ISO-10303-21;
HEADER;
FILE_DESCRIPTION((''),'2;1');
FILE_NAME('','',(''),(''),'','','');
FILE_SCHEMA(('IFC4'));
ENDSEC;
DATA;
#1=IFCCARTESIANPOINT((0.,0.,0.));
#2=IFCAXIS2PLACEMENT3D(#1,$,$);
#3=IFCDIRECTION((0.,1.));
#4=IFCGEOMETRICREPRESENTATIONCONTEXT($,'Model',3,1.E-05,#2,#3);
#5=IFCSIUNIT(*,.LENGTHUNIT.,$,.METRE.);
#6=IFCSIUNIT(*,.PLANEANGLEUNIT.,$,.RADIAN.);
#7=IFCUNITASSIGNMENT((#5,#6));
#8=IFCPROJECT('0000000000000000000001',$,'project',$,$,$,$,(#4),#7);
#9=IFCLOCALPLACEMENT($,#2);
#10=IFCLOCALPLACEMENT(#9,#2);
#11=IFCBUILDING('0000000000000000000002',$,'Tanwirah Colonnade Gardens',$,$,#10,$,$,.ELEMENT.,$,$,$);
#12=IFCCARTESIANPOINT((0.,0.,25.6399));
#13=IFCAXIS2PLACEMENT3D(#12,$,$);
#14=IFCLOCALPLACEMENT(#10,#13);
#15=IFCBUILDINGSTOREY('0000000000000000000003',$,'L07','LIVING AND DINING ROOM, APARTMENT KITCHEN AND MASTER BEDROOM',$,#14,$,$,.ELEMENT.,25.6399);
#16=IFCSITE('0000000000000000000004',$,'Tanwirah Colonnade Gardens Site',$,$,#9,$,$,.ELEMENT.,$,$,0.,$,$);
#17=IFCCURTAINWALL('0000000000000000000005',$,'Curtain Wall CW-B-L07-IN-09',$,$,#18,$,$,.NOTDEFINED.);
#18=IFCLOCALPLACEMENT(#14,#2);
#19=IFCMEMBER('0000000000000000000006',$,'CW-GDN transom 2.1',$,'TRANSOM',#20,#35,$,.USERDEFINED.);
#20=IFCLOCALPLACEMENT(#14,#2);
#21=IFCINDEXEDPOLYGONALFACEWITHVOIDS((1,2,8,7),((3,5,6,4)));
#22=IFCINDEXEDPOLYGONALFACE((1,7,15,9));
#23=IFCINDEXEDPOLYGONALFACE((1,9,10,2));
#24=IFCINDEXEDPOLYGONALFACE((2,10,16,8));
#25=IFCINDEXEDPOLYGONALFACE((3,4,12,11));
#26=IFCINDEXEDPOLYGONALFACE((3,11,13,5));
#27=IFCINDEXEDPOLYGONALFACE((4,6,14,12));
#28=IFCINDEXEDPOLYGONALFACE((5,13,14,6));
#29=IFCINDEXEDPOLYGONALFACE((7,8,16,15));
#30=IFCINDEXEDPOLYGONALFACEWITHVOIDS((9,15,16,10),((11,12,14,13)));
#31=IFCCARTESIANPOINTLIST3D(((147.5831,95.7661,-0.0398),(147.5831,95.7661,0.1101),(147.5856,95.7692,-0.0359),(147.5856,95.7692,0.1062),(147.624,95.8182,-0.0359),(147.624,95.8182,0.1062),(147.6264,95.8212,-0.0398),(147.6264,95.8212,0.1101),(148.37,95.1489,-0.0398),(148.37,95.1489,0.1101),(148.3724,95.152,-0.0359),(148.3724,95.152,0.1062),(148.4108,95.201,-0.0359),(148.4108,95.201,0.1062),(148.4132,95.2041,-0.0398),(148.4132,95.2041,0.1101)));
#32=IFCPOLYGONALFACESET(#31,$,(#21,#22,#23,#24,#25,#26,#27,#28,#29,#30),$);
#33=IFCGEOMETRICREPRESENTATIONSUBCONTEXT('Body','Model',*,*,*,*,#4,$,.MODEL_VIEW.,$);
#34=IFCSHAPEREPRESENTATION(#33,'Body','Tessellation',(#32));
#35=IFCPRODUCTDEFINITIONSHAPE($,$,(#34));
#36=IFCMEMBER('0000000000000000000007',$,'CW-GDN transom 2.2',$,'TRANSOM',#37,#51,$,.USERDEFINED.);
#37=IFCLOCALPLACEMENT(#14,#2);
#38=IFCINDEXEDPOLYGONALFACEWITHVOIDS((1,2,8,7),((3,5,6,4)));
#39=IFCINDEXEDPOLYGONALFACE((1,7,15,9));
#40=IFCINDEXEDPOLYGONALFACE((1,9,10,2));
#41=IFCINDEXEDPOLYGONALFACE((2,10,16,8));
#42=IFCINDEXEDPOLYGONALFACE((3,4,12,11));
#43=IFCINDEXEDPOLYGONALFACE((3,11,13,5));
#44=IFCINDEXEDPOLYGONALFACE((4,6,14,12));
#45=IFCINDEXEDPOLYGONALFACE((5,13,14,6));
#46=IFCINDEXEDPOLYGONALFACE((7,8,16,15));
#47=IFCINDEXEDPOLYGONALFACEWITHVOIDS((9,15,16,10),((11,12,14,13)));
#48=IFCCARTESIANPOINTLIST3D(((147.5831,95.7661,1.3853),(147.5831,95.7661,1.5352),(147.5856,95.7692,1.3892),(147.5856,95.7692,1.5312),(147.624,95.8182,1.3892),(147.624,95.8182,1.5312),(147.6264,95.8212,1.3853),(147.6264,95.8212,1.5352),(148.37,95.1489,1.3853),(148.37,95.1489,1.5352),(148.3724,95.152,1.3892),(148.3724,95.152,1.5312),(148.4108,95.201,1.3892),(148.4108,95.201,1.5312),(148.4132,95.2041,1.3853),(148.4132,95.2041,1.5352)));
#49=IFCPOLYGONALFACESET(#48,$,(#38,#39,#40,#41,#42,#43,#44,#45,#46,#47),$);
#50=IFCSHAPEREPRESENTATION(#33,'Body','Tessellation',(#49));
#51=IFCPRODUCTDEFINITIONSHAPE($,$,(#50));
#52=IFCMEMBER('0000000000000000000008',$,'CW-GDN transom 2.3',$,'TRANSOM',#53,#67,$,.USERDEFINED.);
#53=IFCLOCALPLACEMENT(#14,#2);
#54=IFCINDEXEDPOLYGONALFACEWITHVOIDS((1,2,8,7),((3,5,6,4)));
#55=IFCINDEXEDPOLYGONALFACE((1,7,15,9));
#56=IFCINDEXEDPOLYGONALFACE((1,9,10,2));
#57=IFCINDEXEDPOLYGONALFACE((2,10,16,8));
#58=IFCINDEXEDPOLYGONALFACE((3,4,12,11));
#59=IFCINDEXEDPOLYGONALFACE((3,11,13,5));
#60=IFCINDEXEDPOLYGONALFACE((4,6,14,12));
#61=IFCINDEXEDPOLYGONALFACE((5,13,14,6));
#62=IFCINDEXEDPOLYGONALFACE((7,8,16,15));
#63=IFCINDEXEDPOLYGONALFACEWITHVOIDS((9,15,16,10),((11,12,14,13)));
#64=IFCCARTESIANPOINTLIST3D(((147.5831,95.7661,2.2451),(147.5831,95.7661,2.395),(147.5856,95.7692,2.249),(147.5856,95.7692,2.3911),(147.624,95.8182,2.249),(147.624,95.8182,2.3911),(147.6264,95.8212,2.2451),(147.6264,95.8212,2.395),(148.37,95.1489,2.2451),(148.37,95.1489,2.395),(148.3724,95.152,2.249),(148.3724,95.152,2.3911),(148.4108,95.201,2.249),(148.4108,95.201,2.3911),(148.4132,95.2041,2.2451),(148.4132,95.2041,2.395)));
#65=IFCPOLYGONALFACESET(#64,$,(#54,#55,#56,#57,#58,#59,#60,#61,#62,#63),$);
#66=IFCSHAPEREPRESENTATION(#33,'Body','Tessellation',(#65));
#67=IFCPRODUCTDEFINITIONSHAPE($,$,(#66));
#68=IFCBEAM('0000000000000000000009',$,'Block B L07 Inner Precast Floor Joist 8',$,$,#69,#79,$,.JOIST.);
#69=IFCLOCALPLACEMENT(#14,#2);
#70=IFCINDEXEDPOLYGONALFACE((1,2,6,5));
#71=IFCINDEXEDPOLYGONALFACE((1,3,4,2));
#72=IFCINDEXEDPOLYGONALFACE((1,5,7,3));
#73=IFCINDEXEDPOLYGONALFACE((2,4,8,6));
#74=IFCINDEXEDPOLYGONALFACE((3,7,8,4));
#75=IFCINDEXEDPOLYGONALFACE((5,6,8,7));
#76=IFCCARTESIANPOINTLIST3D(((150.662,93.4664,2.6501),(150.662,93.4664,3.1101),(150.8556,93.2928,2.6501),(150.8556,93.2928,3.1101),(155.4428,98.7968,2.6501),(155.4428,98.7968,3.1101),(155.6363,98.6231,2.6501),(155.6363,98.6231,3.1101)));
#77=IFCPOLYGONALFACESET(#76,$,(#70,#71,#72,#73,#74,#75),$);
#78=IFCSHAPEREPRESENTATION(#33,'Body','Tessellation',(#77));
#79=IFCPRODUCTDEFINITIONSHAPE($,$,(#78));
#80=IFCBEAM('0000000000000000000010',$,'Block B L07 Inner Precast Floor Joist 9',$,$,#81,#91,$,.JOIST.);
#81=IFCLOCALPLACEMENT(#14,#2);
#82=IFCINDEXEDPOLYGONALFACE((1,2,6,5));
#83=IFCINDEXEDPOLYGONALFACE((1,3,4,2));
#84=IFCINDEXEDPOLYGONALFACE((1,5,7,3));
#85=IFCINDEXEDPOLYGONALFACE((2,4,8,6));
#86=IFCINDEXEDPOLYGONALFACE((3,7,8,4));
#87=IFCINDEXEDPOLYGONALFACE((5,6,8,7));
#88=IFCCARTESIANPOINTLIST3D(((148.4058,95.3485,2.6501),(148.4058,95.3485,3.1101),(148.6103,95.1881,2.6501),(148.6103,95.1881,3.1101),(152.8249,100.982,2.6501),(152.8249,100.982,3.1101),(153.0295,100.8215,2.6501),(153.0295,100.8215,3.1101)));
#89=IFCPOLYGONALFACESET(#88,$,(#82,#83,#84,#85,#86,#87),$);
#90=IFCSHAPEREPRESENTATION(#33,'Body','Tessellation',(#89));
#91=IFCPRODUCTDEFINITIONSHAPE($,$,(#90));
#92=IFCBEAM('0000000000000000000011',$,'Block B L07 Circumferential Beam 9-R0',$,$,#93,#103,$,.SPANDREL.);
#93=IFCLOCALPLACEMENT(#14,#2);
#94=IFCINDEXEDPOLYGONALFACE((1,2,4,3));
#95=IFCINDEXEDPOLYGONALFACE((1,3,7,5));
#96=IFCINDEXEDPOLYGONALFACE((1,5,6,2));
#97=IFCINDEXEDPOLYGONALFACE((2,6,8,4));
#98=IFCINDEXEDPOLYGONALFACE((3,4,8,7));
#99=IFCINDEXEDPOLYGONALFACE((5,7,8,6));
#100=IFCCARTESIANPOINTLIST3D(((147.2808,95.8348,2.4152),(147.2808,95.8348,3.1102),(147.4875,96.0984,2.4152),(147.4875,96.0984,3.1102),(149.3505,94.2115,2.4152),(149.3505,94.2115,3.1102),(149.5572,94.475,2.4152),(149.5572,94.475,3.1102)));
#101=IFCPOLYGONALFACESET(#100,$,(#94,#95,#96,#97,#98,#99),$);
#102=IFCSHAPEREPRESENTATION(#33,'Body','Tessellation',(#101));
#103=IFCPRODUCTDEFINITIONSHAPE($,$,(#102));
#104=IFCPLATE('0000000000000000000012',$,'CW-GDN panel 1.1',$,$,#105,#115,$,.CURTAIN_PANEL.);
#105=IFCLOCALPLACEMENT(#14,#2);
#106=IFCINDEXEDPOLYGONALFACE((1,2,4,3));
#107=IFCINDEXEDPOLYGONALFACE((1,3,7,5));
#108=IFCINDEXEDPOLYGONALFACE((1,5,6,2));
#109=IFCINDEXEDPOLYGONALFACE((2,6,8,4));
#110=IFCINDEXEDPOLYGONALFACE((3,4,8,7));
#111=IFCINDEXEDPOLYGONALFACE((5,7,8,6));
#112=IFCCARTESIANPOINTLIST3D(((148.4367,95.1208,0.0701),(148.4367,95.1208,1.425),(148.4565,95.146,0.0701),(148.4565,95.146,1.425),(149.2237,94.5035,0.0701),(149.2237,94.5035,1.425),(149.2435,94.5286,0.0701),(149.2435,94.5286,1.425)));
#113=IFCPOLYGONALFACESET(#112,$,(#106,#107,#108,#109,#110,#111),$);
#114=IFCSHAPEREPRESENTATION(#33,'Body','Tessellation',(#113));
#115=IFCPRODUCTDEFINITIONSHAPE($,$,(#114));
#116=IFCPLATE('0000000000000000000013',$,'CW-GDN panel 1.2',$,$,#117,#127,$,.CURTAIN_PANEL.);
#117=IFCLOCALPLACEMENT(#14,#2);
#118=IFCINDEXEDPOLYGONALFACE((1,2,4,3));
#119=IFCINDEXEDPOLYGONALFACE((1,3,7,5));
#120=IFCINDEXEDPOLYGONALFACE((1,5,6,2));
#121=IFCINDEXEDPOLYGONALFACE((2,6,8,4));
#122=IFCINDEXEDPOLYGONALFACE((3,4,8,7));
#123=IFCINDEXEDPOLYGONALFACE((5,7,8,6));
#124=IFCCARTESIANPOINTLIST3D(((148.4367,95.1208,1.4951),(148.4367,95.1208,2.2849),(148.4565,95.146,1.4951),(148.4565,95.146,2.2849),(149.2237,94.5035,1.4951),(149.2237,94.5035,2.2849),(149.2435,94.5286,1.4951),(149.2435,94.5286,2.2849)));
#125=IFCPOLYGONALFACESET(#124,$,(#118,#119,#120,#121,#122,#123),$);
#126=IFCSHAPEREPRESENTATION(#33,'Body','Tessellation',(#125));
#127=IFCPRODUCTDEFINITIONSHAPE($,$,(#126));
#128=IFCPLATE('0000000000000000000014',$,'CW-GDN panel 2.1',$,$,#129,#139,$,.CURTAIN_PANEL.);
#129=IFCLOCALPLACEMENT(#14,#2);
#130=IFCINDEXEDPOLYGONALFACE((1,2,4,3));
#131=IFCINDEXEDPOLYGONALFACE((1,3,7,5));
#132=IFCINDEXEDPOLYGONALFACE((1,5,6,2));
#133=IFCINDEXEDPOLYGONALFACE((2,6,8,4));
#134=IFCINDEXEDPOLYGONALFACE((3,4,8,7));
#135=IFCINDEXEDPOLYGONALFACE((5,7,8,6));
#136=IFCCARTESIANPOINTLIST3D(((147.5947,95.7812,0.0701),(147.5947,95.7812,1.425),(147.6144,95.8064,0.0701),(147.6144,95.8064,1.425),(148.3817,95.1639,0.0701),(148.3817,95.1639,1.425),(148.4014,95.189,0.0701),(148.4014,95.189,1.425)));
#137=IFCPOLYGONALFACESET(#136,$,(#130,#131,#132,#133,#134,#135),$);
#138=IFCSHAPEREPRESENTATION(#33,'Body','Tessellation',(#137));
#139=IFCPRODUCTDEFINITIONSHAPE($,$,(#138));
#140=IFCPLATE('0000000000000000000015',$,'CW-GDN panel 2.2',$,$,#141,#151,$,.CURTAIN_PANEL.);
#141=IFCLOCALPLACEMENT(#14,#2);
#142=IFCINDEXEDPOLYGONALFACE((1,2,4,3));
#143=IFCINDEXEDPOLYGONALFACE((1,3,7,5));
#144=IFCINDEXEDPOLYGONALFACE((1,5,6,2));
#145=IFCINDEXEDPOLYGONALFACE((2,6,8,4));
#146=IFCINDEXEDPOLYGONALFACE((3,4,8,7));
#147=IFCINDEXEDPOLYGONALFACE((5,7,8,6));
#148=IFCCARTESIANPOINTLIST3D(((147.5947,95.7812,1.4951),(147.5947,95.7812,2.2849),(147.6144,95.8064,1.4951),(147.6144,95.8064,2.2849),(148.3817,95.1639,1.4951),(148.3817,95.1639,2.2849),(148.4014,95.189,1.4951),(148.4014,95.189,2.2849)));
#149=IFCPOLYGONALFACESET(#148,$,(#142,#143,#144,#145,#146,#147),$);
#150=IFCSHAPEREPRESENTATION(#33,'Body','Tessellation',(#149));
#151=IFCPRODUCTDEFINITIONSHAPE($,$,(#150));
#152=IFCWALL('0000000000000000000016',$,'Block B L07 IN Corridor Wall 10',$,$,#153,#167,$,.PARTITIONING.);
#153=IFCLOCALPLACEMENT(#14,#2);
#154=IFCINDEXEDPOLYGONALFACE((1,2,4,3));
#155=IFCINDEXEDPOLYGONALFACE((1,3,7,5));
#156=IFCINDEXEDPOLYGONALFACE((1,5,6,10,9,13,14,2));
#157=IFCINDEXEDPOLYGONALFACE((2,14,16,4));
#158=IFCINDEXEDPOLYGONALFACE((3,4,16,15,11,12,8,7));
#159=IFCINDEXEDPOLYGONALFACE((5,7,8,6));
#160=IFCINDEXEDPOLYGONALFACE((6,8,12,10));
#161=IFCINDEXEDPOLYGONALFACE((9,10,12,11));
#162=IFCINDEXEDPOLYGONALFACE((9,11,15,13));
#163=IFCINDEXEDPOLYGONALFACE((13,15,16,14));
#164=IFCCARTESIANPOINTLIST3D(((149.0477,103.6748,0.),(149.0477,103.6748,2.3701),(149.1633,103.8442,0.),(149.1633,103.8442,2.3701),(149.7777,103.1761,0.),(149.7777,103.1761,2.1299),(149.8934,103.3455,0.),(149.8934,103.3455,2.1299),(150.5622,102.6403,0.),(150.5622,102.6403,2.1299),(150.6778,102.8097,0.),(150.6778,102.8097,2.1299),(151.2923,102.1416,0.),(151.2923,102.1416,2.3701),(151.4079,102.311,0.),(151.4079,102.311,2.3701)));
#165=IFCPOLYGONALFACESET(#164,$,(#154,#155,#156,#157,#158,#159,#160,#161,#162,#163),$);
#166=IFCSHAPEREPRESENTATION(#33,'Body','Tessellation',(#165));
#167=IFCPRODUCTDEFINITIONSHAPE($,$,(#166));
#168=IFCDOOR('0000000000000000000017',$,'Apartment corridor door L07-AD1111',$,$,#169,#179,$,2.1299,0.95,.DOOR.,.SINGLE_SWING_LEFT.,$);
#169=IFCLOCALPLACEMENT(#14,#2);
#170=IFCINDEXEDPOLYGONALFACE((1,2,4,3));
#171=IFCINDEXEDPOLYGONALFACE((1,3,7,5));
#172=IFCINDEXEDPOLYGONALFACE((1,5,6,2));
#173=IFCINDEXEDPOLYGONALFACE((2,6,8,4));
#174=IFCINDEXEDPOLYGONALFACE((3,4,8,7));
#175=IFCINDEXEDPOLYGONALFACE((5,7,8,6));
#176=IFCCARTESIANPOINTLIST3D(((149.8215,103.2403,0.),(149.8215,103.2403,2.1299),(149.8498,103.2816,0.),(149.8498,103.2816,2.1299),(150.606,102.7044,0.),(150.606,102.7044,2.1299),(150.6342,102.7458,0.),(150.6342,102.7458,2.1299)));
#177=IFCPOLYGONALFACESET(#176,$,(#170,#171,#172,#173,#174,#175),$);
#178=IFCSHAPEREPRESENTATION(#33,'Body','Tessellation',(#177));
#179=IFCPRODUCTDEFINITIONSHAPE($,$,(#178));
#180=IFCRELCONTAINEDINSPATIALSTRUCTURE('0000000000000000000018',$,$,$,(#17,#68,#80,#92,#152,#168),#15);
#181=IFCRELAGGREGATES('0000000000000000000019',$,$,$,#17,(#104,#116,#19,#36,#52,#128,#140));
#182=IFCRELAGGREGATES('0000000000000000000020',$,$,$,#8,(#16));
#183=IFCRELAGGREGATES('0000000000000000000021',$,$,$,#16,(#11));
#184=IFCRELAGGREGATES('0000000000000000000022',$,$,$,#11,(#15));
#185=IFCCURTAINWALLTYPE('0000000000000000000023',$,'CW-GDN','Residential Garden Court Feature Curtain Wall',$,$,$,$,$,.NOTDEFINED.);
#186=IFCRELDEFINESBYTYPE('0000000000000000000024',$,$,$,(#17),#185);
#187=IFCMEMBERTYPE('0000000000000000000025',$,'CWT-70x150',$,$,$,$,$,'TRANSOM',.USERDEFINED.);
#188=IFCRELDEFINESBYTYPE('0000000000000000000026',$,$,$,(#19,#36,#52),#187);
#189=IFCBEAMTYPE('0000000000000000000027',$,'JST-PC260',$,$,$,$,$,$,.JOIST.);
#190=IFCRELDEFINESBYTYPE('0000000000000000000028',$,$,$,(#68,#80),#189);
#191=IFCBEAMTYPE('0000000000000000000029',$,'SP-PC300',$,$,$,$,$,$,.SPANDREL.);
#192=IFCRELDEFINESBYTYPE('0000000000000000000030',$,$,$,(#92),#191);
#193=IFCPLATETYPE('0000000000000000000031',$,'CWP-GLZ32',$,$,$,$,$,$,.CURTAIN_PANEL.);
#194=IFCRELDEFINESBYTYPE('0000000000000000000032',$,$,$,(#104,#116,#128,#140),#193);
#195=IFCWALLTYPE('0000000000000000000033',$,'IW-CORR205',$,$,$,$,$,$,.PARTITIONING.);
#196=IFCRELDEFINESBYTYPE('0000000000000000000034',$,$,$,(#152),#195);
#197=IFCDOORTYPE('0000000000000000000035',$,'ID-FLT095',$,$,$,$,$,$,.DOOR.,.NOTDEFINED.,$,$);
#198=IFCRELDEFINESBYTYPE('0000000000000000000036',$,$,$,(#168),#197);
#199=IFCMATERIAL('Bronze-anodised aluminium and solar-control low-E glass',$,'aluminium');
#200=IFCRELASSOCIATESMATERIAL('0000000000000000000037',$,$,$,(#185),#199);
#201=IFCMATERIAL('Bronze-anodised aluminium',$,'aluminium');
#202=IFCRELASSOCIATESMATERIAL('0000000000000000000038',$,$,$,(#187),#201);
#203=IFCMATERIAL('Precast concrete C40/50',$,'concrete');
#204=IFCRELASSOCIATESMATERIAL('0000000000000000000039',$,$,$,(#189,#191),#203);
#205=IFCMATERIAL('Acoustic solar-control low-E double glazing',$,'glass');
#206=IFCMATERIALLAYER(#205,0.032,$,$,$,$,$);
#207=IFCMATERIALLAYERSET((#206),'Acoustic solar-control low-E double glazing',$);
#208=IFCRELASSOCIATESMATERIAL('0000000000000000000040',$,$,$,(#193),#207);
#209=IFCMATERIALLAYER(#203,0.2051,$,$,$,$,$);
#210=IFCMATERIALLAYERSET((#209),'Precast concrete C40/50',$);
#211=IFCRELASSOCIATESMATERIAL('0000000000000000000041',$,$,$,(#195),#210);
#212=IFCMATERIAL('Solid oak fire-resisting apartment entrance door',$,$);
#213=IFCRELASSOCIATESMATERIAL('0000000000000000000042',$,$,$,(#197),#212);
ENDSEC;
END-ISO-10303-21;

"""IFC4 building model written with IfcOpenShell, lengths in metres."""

from ifc_helpers import new_model, si_unit, direction, frame, frame_2d, origin, origin_2d, place, context, subcontext, project, spatial, rectangle, hollow_rectangle, extrude, material, layer, layer_set, material_profile, profile_set, type_object, element, fill, aggregate, save


model = new_model("IFC4")

# Units and contexts
model_context = context("Model", 3, precision=1e-05, world=origin(), true_north=direction((0.0, 1.0)))
body_context = subcontext(model_context, "Body", "Model", "MODEL_VIEW")
ifc_project = project(units=[si_unit("LENGTHUNIT", "METRE"), si_unit("PLANEANGLEUNIT", "RADIAN")], contexts=[model_context])

# Site, building, storey
site_placement = place(None, origin())
site = spatial("IfcSite", under=ifc_project, at=site_placement, Name="Tanwirah Colonnade Gardens Site", CompositionType="ELEMENT", RefElevation=0.0)
building_placement = place(site_placement, origin())
building = spatial("IfcBuilding", under=site, at=building_placement, Name="Tanwirah Colonnade Gardens", CompositionType="ELEMENT")
storey_placement = place(building_placement, frame((0.0, 0.0, 25.6399)))
storey = spatial("IfcBuildingStorey", under=building, at=storey_placement, Name="L07", Description="LIVING AND DINING ROOM, APARTMENT KITCHEN AND MASTER BEDROOM", CompositionType="ELEMENT", Elevation=25.6399)

# Shared definitions
ifc_material_1 = material(Name="Precast concrete C40/50", Category="concrete")

# Curtain wall, members
ifc_material_2 = material(Name="Bronze-anodised aluminium and solar-control low-E glass", Category="aluminium")
curtain_wall_type = type_object("IfcCurtainWallType", Name="CW-GDN", Description="Residential Garden Court Feature Curtain Wall", PredefinedType="NOTDEFINED", material=ifc_material_2)
curtain_wall_placement = place(storey_placement, origin())
curtain_wall = element("IfcCurtainWall", 1, at=curtain_wall_placement, inside=storey, type_object=curtain_wall_type, Name="Curtain Wall CW-B-L07-IN-09", PredefinedType="NOTDEFINED")
ifc_material_3 = material(Name="Bronze-anodised aluminium", Category="aluminium")
ifc_material_profile_1 = material_profile(ifc_material_3, hollow_rectangle(XDim=0.0701, YDim=0.1499, WallThickness=0.0039, at=origin_2d()), Name="CW-TRN 70x150x4")
ifc_profile_set_1 = profile_set([ifc_material_profile_1], Name="Bronze-anodised aluminium")
member_type_1 = type_object("IfcMemberType", Name="CWT-70x150", ElementType="TRANSOM", PredefinedType="USERDEFINED", material=ifc_profile_set_1)
member_1_placement = place(storey_placement, frame((148.3916, 95.1765, 0.0352), z_axis=(-0.786835, 0.617164, 0.0), x_axis=(-0.617164, -0.786835, 0.0)))
member_1 = element("IfcMember", 2, at=member_1_placement, type_object=member_type_1, Name="CW-GDN transom 2.1", ObjectType="TRANSOM", PredefinedType="USERDEFINED", context=body_context, shape_type="SweptSolid", body=[
    extrude(hollow_rectangle(XDim=0.0701, YDim=0.1499, WallThickness=0.0039, at=origin_2d()), origin(), (0.0, 0.0, 1.0), 1.0),
])
member_2_placement = place(storey_placement, frame((148.3916, 95.1765, 1.4602), z_axis=(-0.786835, 0.617164, 0.0), x_axis=(-0.617164, -0.786835, 0.0)))
member_2 = element("IfcMember", 3, at=member_2_placement, type_object=member_type_1, Name="CW-GDN transom 2.2", ObjectType="TRANSOM", PredefinedType="USERDEFINED", context=body_context, shape_type="SweptSolid", body=[
    extrude(hollow_rectangle(XDim=0.0701, YDim=0.1499, WallThickness=0.0039, at=origin_2d()), origin(), (0.0, 0.0, 1.0), 1.0),
])
member_3_placement = place(storey_placement, frame((148.3916, 95.1765, 2.3201), z_axis=(-0.786835, 0.617164, 0.0), x_axis=(-0.617164, -0.786835, 0.0)))
member_3 = element("IfcMember", 4, at=member_3_placement, type_object=member_type_1, Name="CW-GDN transom 2.3", ObjectType="TRANSOM", PredefinedType="USERDEFINED", context=body_context, shape_type="SweptSolid", body=[
    extrude(hollow_rectangle(XDim=0.0701, YDim=0.1499, WallThickness=0.0039, at=origin_2d()), origin(), (0.0, 0.0, 1.0), 1.0),
])

# Beams
ifc_material_profile_2 = material_profile(ifc_material_1, rectangle(XDim=0.26, YDim=0.46, at=origin_2d()), Name="PC-JST 260x460")
ifc_profile_set_2 = profile_set([ifc_material_profile_2], Name="Precast concrete C40/50")
beam_type_1 = type_object("IfcBeamType", Name="JST-PC260", PredefinedType="JOIST", material=ifc_profile_set_2)
beam_1_placement = place(storey_placement, frame((150.7588, 93.3796, 2.8801), z_axis=(0.667688, 0.744441, 0.0), x_axis=(-0.744441, 0.667688, 0.0)))
element("IfcBeam", 5, at=beam_1_placement, inside=storey, type_object=beam_type_1, Name="Block B L07 Inner Precast Floor Joist 8", PredefinedType="JOIST", context=body_context, shape_type="SweptSolid", body=[
    extrude(rectangle(XDim=0.26, YDim=0.46, at=origin_2d()), origin(), (0.0, 0.0, 1.0), 7.1602),
])
beam_2_placement = place(storey_placement, frame((148.5081, 95.2683, 2.8801), z_axis=(0.617202, 0.786804, 0.0), x_axis=(-0.786804, 0.617202, 0.0)))
element("IfcBeam", 6, at=beam_2_placement, inside=storey, type_object=beam_type_1, Name="Block B L07 Inner Precast Floor Joist 9", PredefinedType="JOIST", context=body_context, shape_type="SweptSolid", body=[
    extrude(rectangle(XDim=0.26, YDim=0.46, at=origin_2d()), origin(), (0.0, 0.0, 1.0), 7.1599),
])
ifc_material_profile_3 = material_profile(ifc_material_1, rectangle(XDim=0.335, YDim=0.6951, at=origin_2d()), Name="PC-SP 335x695")
ifc_profile_set_3 = profile_set([ifc_material_profile_3], Name="Precast concrete C40/50")
beam_type_2 = type_object("IfcBeamType", Name="SP-PC300", PredefinedType="SPANDREL", material=ifc_profile_set_3)
beam_3_placement = place(storey_placement, frame((149.4539, 94.3433, 2.7627), z_axis=(-0.786837, 0.617161, 0.0), x_axis=(-0.617161, -0.786837, 0.0)))
element("IfcBeam", 7, at=beam_3_placement, inside=storey, type_object=beam_type_2, Name="Block B L07 Circumferential Beam 9-R0", PredefinedType="SPANDREL", context=body_context, shape_type="SweptSolid", body=[
    extrude(rectangle(XDim=0.335, YDim=0.6951, at=origin_2d()), origin(), (0.0, 0.0, 1.0), 2.6304),
])

# Plates
ifc_material_4 = material(Name="Acoustic solar-control low-E double glazing", Category="glass")
ifc_layer_1 = layer(ifc_material_4, 0.032)
ifc_layer_set_1 = layer_set([ifc_layer_1], Name="Acoustic solar-control low-E double glazing")
plate_type = type_object("IfcPlateType", Name="CWP-GLZ32", PredefinedType="CURTAIN_PANEL", material=ifc_layer_set_1)
plate_1_placement = place(storey_placement, frame((148.8401, 94.8247, 0.0701), z_axis=(0.0, 0.0, 1.0), x_axis=(-0.786815, 0.617189, 0.0)))
plate_1 = element("IfcPlate", 8, at=plate_1_placement, type_object=plate_type, Name="CW-GDN panel 1.1", PredefinedType="CURTAIN_PANEL", context=body_context, shape_type="SweptSolid", body=[
    extrude(rectangle(XDim=1.0002, YDim=0.032, at=origin_2d()), origin(), (0.0, 0.0, 1.0), 1.355),
])
plate_2_placement = place(storey_placement, frame((148.8401, 94.8247, 1.4951), z_axis=(0.0, 0.0, 1.0), x_axis=(-0.786815, 0.617189, 0.0)))
plate_2 = element("IfcPlate", 9, at=plate_2_placement, type_object=plate_type, Name="CW-GDN panel 1.2", PredefinedType="CURTAIN_PANEL", context=body_context, shape_type="SweptSolid", body=[
    extrude(rectangle(XDim=1.0002, YDim=0.032, at=origin_2d()), origin(), (0.0, 0.0, 1.0), 0.7898),
])
plate_3_placement = place(storey_placement, frame((147.998, 95.4851, 0.0701), z_axis=(0.0, 0.0, 1.0), x_axis=(-0.786815, 0.617189, 0.0)))
plate_3 = element("IfcPlate", 10, at=plate_3_placement, type_object=plate_type, Name="CW-GDN panel 2.1", PredefinedType="CURTAIN_PANEL", context=body_context, shape_type="SweptSolid", body=[
    extrude(rectangle(XDim=1.0002, YDim=0.032, at=origin_2d()), origin(), (0.0, 0.0, 1.0), 1.355),
])
plate_4_placement = place(storey_placement, frame((147.998, 95.4851, 1.4951), z_axis=(0.0, 0.0, 1.0), x_axis=(-0.786815, 0.617189, 0.0)))
plate_4 = element("IfcPlate", 11, at=plate_4_placement, type_object=plate_type, Name="CW-GDN panel 2.2", PredefinedType="CURTAIN_PANEL", context=body_context, shape_type="SweptSolid", body=[
    extrude(rectangle(XDim=1.0002, YDim=0.032, at=origin_2d()), origin(), (0.0, 0.0, 1.0), 0.7898),
])
aggregate(curtain_wall, [plate_1, plate_2, member_1, member_2, member_3, plate_3, plate_4])

# Wall, opening, door
ifc_layer_2 = layer(ifc_material_1, 0.2051)
ifc_layer_set_2 = layer_set([ifc_layer_2], Name="Precast concrete C40/50")
wall_type_1 = type_object("IfcWallType", Name="IW-CORR205", PredefinedType="PARTITIONING", material=ifc_layer_set_2)
wall_1_placement = place(storey_placement, frame((151.3501, 102.2263, 0.0), z_axis=(0.0, 0.0, 1.0), x_axis=(-0.825752, 0.564033, 0.0)))
wall_1 = element("IfcWall", 12, at=wall_1_placement, inside=storey, type_object=wall_type_1, Name="Block B L07 IN Corridor Wall 10", PredefinedType="PARTITIONING", context=body_context, shape_type="SweptSolid", body=[
    extrude(rectangle(XDim=2.7183, YDim=0.2051, at=frame_2d((1.3591, 0.0))), origin(), (0.0, 0.0, 1.0), 2.3701),
])
opening_1_placement = place(wall_1_placement, frame((0.884, 0.0, 0.0)))
opening_1 = element("IfcOpeningElement", 13, at=opening_1_placement, cuts=wall_1, PredefinedType="OPENING", context=body_context, shape_type="SweptSolid", body=[
    extrude(rectangle(XDim=0.95, YDim=2.1299, at=frame_2d((0.4751, 1.0649))), frame((0.0, 0.1125, 0.0), z_axis=(0.0, -1.0, 0.0), x_axis=(1.0, 0.0, 0.0)), (0.0, 0.0, 1.0), 0.2251),
])
ifc_material_5 = material(Name="Solid oak fire-resisting apartment entrance door")
door_type_1 = type_object("IfcDoorType", Name="ID-FLT095", OperationType="NOTDEFINED", PredefinedType="DOOR", material=ifc_material_5)
door_1_placement = place(opening_1_placement, origin())
door_1 = element("IfcDoor", 14, at=door_1_placement, inside=storey, type_object=door_type_1, Name="Apartment corridor door L07-AD1111", OperationType="SINGLE_SWING_LEFT", OverallHeight=2.1299, OverallWidth=0.95, PredefinedType="DOOR", context=body_context, shape_type="SweptSolid", body=[
    extrude(rectangle(XDim=0.95, YDim=2.1299, at=frame_2d((0.4751, 1.0649))), frame((0.0, 0.0249, 0.0), z_axis=(0.0, -1.0, 0.0), x_axis=(1.0, 0.0, 0.0)), (0.0, 0.0, 1.0), 0.05),
])
fill(opening_1, door_1)

save(model, "model.ifc")
